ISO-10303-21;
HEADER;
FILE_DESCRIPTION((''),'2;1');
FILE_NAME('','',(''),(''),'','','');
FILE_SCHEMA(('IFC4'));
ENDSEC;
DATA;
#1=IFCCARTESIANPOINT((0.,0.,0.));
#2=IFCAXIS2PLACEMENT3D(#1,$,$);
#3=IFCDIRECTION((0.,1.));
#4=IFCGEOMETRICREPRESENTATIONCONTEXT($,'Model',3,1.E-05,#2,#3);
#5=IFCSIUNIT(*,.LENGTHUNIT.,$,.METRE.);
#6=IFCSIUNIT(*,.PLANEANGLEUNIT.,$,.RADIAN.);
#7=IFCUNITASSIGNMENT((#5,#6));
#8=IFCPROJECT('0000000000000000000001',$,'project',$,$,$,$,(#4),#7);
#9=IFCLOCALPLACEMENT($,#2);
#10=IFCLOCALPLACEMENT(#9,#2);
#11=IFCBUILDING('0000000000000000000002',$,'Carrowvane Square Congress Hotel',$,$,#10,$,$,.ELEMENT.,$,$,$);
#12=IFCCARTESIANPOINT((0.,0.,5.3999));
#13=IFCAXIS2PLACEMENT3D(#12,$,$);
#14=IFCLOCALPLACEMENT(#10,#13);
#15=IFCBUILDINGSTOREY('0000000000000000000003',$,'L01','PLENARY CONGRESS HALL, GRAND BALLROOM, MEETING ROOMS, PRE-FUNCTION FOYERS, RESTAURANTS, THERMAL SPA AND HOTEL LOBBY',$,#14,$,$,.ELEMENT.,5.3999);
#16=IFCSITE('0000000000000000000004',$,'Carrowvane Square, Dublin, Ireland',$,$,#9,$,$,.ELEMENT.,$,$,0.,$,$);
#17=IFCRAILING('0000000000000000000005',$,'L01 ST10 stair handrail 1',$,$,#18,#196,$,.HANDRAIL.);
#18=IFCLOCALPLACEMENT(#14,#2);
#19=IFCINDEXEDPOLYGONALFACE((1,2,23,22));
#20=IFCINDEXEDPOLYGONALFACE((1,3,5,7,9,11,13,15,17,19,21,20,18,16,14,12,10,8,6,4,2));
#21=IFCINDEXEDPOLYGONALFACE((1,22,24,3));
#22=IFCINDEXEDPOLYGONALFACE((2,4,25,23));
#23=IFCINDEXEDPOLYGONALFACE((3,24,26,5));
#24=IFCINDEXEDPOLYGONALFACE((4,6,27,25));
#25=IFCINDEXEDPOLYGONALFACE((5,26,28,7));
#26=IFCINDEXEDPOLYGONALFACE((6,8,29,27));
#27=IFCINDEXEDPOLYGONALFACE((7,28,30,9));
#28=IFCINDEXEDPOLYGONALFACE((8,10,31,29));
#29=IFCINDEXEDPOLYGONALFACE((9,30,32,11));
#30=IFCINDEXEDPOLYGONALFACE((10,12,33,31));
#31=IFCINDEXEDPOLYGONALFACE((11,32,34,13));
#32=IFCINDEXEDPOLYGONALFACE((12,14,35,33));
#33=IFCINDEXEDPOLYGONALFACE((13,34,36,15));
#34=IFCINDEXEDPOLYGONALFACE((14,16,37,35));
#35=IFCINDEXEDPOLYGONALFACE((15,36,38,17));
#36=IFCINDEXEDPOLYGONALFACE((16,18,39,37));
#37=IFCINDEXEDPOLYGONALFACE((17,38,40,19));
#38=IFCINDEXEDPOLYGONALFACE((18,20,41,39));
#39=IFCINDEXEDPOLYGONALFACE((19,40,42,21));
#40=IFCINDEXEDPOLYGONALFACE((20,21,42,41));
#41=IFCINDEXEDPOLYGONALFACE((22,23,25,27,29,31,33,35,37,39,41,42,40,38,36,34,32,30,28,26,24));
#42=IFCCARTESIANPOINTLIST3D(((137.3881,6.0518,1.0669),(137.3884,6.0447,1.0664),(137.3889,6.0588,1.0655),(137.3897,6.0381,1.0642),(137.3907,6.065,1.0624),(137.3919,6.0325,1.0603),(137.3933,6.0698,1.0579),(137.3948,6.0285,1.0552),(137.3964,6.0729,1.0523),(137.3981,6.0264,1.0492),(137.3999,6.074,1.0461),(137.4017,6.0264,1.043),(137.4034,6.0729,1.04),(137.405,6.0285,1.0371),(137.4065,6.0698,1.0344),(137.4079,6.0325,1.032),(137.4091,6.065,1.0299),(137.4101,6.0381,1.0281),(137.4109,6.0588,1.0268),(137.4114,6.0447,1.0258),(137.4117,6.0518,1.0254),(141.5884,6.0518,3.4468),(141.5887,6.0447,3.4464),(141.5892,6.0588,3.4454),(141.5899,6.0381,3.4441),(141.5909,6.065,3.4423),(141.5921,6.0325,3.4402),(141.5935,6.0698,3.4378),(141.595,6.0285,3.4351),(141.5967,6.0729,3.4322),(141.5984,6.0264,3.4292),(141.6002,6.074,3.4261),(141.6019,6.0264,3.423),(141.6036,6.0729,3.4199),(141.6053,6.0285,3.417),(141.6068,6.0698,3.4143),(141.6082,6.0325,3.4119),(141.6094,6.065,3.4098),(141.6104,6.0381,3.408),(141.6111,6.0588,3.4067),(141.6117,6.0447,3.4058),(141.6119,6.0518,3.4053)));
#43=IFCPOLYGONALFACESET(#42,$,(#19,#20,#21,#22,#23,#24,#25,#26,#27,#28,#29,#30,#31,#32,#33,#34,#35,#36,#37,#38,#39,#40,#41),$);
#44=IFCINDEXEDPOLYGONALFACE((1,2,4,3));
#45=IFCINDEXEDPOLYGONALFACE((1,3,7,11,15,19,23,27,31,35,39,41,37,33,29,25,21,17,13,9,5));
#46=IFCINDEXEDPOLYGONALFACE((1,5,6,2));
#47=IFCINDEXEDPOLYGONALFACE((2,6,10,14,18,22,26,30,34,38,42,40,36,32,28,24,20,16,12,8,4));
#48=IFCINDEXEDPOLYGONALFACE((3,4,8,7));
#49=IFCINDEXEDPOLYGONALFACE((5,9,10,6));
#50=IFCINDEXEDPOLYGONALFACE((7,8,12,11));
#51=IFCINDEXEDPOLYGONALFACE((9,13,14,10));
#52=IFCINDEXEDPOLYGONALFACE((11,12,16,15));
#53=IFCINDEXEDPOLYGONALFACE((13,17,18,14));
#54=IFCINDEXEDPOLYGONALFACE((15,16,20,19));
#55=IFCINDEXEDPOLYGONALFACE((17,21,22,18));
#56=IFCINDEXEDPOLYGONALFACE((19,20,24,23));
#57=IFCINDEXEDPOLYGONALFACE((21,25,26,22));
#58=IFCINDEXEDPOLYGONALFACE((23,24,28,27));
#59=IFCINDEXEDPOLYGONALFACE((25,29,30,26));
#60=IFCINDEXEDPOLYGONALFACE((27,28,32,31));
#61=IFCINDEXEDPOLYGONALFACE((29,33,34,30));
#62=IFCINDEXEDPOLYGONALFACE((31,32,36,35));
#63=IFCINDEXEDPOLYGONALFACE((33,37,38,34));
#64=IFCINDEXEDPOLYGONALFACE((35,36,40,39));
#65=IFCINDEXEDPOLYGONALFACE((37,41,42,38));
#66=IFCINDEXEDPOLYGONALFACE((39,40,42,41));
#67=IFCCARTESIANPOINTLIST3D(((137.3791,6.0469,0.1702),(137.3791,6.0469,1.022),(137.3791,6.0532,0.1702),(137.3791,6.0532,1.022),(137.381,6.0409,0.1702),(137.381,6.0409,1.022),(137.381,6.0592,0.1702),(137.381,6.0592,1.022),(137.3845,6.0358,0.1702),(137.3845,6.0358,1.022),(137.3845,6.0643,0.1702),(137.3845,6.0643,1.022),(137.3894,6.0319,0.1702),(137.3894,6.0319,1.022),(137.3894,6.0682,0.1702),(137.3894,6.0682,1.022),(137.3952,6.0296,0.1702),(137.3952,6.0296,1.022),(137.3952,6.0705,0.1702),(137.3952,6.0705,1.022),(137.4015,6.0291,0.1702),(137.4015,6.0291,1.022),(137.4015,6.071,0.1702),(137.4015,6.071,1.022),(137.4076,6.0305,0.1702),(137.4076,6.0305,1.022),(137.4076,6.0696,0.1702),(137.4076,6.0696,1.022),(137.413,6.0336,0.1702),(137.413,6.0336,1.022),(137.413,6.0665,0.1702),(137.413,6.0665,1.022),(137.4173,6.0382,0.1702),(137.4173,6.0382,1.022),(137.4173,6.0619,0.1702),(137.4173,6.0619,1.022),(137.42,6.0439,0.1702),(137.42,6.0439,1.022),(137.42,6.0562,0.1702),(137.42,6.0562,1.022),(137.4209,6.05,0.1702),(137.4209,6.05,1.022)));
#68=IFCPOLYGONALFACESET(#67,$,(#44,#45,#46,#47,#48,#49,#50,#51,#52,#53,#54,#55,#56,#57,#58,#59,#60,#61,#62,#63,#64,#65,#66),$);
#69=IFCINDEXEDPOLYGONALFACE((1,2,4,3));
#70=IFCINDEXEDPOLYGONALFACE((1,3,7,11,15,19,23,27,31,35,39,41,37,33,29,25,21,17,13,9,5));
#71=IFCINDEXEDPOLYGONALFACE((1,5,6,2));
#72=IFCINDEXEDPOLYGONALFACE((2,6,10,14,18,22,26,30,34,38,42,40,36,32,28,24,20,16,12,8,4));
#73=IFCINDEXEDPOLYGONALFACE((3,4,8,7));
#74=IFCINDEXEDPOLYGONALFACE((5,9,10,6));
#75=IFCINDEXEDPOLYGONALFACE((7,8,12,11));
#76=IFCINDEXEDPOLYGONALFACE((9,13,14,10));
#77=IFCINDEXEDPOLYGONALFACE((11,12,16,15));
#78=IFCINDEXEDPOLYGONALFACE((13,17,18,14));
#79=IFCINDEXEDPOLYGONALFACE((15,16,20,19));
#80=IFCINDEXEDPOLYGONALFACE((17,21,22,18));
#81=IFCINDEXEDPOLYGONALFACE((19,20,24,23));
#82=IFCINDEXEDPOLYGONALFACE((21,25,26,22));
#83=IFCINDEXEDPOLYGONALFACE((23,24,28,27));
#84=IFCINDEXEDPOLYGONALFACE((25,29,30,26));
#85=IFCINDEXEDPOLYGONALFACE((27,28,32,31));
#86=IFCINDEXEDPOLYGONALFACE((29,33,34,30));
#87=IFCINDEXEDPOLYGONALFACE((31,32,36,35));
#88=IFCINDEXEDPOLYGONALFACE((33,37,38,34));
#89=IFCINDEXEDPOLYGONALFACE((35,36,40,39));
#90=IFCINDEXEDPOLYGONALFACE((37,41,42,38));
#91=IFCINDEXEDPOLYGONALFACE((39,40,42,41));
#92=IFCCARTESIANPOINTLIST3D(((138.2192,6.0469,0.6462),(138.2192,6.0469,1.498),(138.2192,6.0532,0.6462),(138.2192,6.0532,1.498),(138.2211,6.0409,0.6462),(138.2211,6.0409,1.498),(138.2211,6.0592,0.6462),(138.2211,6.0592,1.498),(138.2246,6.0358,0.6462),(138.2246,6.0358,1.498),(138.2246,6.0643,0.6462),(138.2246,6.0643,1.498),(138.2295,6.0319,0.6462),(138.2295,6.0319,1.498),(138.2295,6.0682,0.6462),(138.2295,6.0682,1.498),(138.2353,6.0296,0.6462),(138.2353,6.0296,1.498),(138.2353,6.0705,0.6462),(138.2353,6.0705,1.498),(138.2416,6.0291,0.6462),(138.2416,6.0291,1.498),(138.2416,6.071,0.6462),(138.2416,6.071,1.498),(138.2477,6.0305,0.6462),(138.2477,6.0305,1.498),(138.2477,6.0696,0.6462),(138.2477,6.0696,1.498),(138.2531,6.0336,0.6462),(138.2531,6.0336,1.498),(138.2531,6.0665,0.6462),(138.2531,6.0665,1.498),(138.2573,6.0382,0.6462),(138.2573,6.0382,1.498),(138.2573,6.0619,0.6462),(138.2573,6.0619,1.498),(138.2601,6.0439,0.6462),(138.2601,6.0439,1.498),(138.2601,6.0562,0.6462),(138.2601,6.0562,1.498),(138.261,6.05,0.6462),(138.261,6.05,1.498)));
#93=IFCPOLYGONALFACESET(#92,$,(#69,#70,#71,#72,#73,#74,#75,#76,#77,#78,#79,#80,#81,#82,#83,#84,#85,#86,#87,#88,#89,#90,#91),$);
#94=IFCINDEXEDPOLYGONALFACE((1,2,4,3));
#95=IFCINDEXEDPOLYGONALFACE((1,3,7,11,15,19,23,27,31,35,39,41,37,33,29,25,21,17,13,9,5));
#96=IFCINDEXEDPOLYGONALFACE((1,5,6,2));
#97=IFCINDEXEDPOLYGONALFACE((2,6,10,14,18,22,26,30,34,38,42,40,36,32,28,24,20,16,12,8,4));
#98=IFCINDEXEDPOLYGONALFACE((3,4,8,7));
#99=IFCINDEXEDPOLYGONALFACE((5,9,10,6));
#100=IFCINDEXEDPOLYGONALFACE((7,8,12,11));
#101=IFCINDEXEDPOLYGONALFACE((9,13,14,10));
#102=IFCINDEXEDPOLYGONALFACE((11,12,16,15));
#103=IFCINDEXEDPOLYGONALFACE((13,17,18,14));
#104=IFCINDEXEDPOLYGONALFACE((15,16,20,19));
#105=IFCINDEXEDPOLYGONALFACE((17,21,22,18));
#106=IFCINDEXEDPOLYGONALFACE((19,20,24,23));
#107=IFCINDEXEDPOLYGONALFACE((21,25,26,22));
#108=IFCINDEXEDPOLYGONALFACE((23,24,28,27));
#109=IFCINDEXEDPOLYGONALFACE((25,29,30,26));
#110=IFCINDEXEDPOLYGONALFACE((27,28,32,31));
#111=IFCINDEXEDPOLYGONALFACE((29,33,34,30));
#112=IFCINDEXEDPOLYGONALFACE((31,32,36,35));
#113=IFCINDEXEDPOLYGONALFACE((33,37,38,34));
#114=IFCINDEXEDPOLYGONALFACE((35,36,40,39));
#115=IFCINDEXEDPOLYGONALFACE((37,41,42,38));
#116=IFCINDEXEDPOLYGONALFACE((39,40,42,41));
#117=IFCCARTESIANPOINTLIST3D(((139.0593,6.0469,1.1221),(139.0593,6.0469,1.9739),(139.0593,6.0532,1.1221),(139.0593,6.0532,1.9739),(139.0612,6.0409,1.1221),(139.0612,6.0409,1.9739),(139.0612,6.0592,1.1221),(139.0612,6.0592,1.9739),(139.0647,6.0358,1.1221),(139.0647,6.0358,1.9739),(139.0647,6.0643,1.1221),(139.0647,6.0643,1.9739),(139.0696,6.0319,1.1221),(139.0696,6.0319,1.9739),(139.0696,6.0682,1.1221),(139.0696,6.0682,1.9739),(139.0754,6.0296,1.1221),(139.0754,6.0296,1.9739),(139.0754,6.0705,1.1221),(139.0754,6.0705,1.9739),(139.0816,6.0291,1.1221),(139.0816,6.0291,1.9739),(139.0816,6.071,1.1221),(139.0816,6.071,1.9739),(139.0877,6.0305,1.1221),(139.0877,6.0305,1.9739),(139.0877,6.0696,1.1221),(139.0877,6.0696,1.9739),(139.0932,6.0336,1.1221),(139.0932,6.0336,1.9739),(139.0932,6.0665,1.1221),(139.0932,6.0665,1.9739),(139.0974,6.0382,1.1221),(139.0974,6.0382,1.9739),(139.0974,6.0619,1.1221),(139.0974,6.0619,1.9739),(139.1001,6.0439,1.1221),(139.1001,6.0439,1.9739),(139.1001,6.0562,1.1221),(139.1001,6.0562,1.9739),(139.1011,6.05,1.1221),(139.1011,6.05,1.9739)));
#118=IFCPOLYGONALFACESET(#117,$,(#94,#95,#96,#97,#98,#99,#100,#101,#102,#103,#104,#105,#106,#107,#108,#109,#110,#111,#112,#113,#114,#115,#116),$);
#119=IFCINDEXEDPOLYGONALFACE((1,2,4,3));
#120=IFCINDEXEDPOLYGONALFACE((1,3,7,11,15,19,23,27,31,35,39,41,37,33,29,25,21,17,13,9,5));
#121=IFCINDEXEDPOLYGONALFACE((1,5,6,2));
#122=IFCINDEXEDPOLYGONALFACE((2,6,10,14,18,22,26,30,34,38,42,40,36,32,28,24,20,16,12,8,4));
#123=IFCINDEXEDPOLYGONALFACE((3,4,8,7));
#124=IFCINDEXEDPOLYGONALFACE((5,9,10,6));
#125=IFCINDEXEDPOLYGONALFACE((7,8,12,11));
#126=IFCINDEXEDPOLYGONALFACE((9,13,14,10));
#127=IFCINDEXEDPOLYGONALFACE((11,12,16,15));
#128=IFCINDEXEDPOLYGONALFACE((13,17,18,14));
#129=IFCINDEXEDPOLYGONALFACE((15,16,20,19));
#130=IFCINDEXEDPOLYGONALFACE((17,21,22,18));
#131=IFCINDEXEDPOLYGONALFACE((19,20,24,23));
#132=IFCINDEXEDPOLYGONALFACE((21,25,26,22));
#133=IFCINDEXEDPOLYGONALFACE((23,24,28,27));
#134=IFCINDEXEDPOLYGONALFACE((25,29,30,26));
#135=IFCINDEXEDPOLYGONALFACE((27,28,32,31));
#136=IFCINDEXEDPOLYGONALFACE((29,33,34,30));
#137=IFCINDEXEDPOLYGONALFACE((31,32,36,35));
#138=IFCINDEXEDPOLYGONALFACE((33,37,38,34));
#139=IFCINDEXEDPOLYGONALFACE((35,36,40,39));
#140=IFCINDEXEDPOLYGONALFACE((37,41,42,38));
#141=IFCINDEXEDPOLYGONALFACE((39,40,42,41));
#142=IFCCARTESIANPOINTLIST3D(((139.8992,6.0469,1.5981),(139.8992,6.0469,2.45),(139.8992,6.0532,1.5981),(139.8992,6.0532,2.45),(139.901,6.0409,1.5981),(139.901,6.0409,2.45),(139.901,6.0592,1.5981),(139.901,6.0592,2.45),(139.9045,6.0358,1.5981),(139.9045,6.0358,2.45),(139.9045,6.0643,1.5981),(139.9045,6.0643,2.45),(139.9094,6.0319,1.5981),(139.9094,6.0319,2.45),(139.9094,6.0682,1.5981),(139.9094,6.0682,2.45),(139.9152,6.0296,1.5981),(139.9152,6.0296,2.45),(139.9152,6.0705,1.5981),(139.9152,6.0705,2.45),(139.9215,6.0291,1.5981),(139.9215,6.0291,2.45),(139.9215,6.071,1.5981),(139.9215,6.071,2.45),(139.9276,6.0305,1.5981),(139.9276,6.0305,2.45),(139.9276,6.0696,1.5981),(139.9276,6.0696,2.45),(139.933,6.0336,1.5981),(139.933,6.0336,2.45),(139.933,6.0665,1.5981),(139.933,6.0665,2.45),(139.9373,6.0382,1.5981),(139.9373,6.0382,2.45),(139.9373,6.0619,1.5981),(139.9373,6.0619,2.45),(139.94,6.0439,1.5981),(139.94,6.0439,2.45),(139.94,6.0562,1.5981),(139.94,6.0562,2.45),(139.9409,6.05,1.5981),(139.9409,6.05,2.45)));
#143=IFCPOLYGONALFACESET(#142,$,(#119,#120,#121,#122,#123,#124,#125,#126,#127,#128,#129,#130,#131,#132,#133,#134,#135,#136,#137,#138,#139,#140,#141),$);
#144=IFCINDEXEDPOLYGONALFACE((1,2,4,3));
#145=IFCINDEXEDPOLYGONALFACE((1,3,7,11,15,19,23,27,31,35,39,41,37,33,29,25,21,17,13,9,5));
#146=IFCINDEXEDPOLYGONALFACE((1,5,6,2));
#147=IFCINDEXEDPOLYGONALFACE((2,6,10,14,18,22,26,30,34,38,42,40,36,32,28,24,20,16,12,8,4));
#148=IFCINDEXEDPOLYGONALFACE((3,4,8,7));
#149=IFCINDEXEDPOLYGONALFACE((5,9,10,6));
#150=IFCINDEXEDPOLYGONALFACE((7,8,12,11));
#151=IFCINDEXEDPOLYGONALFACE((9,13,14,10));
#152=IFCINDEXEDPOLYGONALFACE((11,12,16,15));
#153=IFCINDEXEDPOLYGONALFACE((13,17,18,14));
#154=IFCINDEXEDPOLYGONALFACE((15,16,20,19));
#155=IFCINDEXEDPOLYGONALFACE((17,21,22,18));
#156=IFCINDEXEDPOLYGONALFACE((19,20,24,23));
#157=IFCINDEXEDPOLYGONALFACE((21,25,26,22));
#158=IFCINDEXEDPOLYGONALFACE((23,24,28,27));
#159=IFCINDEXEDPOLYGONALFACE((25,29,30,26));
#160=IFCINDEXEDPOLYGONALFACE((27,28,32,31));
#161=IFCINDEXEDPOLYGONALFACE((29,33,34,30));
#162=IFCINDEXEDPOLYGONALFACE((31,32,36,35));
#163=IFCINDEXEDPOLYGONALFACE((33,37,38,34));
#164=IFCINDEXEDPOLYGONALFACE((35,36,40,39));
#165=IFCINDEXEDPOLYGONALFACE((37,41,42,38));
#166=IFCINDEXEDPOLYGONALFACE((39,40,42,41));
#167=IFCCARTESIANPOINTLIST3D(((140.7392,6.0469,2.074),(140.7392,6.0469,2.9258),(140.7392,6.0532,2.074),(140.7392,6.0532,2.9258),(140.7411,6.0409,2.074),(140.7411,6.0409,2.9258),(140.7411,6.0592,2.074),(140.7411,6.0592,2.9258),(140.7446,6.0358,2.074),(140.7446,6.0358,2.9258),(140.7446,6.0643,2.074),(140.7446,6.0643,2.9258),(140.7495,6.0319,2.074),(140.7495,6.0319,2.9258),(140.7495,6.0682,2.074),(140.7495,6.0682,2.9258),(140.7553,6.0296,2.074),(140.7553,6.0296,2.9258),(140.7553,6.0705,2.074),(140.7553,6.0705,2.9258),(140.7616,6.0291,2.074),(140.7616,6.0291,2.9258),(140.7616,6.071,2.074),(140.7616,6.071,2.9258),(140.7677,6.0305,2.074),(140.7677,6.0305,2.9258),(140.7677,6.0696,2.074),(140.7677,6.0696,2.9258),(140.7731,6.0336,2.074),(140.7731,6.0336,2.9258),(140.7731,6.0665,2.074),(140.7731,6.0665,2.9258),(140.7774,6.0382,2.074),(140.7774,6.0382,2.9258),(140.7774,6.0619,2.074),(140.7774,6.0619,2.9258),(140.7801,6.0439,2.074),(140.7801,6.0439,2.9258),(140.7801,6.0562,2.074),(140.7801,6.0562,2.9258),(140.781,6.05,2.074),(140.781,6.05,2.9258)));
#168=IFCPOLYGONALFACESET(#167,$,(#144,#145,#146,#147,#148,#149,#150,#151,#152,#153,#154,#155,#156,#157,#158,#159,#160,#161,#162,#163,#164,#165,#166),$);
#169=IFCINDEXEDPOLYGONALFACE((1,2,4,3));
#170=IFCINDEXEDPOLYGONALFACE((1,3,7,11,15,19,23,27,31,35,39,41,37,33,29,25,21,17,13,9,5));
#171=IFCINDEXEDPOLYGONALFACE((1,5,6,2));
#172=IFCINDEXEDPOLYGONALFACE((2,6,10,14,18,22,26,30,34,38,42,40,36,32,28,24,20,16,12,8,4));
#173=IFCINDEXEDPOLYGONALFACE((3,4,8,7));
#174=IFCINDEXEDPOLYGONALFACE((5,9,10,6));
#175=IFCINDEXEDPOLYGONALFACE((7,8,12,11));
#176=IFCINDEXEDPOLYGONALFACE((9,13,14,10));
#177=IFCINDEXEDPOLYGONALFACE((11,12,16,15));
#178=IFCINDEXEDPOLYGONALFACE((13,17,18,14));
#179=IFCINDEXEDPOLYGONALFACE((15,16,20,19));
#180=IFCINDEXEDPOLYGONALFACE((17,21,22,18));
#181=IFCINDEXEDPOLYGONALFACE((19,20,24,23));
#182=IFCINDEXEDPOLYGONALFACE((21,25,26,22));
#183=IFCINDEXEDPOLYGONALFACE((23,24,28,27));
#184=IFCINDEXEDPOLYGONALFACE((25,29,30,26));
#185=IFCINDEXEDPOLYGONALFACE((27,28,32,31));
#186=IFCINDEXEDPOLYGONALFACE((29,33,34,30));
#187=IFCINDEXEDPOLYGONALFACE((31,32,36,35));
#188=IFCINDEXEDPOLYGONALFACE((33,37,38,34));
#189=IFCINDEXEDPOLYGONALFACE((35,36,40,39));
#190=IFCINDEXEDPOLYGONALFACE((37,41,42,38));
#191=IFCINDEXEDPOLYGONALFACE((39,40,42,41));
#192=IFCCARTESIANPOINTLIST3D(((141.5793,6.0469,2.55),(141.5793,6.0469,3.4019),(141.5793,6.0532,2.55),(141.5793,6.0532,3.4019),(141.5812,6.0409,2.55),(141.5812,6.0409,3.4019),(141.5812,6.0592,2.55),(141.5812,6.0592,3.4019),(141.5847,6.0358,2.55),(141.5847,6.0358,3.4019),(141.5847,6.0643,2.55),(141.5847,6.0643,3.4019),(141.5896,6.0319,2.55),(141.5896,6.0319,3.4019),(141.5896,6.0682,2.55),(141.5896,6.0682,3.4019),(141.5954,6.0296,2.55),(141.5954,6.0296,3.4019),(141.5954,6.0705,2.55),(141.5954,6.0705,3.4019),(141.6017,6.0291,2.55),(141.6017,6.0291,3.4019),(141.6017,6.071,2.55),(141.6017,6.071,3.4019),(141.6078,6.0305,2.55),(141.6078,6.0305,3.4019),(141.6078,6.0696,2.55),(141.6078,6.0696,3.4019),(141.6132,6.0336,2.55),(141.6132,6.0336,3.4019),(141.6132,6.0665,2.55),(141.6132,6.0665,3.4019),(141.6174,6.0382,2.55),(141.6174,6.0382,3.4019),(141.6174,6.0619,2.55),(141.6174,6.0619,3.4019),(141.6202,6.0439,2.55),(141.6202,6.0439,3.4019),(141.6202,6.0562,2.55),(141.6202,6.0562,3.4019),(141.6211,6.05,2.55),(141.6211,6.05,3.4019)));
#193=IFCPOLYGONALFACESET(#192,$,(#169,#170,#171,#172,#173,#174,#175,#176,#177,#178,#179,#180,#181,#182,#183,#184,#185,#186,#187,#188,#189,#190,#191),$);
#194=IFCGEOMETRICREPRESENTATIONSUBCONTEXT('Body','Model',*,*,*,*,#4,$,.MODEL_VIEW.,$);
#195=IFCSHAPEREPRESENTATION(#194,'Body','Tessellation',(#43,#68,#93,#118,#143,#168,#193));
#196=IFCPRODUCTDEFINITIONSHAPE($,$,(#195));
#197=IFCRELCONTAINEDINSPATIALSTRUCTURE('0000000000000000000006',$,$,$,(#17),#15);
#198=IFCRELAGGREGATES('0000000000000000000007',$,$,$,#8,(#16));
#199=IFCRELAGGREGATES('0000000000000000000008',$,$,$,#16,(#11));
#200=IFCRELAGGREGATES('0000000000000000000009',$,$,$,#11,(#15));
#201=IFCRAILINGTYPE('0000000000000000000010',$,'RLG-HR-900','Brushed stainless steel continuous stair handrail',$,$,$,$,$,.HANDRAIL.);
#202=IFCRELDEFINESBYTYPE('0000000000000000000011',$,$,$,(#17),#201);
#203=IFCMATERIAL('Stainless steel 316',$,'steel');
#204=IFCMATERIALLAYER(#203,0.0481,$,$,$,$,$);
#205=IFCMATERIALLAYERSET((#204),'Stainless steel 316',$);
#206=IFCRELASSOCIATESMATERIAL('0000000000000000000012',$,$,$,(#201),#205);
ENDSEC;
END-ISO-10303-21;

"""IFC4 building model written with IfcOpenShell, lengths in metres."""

from ifc_helpers import new_model, si_unit, direction, frame, origin, origin_2d, place, context, subcontext, project, spatial, circle, extrude, material, layer, layer_set, type_object, element, save


model = new_model("IFC4")

# Units and contexts
model_context = context("Model", 3, precision=1e-05, world=origin(), true_north=direction((0.0, 1.0)))
body_context = subcontext(model_context, "Body", "Model", "MODEL_VIEW")
ifc_project = project(units=[si_unit("LENGTHUNIT", "METRE"), si_unit("PLANEANGLEUNIT", "RADIAN")], contexts=[model_context])

# Site, building, storey
site_placement = place(None, origin())
site = spatial("IfcSite", under=ifc_project, at=site_placement, Name="Carrowvane Square, Dublin, Ireland", CompositionType="ELEMENT", RefElevation=0.0)
building_placement = place(site_placement, origin())
building = spatial("IfcBuilding", under=site, at=building_placement, Name="Carrowvane Square Congress Hotel", CompositionType="ELEMENT")
storey_placement = place(building_placement, frame((0.0, 0.0, 5.3999)))
storey = spatial("IfcBuildingStorey", under=building, at=storey_placement, Name="L01", Description="PLENARY CONGRESS HALL, GRAND BALLROOM, MEETING ROOMS, PRE-FUNCTION FOYERS, RESTAURANTS, THERMAL SPA AND HOTEL LOBBY", CompositionType="ELEMENT", Elevation=5.3999)

# Railing
ifc_material_1 = material(Name="Stainless steel 316", Category="steel")
ifc_layer_1 = layer(ifc_material_1, 0.0481)
ifc_layer_set_1 = layer_set([ifc_layer_1], Name="Stainless steel 316")
railing_type_1 = type_object("IfcRailingType", Name="RLG-HR-900", Description="Brushed stainless steel continuous stair handrail", PredefinedType="HANDRAIL", material=ifc_layer_set_1)
railing_1_placement = place(storey_placement, frame((137.3999, 6.05, 0.1702)))
element("IfcRailing", 1, at=railing_1_placement, inside=storey, type_object=railing_type_1, Name="L01 ST10 stair handrail 1", PredefinedType="HANDRAIL", context=body_context, shape_type="SweptSolid", body=[
    extrude(circle(Radius=0.0239, at=origin_2d()), frame((0.0, 0.0, 0.876), z_axis=(0.870042, 0.0, 0.492977), x_axis=(0.0, 1.0, 0.0)), (0.0, 0.0, 1.0), 4.8276),
    extrude(circle(Radius=0.021, at=origin_2d()), origin(), (0.0, 0.0, 1.0), 0.8518),
    extrude(circle(Radius=0.021, at=origin_2d()), frame((0.8401, 0.0, 0.4761)), (0.0, 0.0, 1.0), 0.8518),
    extrude(circle(Radius=0.021, at=origin_2d()), frame((1.6802, 0.0, 0.9519)), (0.0, 0.0, 1.0), 0.8518),
    extrude(circle(Radius=0.021, at=origin_2d()), frame((2.52, 0.0, 1.428)), (0.0, 0.0, 1.0), 0.8518),
    extrude(circle(Radius=0.021, at=origin_2d()), frame((3.3601, 0.0, 1.9038)), (0.0, 0.0, 1.0), 0.8518),
    extrude(circle(Radius=0.021, at=origin_2d()), frame((4.2002, 0.0, 2.3799)), (0.0, 0.0, 1.0), 0.8518),
])

save(model, "model.ifc")
